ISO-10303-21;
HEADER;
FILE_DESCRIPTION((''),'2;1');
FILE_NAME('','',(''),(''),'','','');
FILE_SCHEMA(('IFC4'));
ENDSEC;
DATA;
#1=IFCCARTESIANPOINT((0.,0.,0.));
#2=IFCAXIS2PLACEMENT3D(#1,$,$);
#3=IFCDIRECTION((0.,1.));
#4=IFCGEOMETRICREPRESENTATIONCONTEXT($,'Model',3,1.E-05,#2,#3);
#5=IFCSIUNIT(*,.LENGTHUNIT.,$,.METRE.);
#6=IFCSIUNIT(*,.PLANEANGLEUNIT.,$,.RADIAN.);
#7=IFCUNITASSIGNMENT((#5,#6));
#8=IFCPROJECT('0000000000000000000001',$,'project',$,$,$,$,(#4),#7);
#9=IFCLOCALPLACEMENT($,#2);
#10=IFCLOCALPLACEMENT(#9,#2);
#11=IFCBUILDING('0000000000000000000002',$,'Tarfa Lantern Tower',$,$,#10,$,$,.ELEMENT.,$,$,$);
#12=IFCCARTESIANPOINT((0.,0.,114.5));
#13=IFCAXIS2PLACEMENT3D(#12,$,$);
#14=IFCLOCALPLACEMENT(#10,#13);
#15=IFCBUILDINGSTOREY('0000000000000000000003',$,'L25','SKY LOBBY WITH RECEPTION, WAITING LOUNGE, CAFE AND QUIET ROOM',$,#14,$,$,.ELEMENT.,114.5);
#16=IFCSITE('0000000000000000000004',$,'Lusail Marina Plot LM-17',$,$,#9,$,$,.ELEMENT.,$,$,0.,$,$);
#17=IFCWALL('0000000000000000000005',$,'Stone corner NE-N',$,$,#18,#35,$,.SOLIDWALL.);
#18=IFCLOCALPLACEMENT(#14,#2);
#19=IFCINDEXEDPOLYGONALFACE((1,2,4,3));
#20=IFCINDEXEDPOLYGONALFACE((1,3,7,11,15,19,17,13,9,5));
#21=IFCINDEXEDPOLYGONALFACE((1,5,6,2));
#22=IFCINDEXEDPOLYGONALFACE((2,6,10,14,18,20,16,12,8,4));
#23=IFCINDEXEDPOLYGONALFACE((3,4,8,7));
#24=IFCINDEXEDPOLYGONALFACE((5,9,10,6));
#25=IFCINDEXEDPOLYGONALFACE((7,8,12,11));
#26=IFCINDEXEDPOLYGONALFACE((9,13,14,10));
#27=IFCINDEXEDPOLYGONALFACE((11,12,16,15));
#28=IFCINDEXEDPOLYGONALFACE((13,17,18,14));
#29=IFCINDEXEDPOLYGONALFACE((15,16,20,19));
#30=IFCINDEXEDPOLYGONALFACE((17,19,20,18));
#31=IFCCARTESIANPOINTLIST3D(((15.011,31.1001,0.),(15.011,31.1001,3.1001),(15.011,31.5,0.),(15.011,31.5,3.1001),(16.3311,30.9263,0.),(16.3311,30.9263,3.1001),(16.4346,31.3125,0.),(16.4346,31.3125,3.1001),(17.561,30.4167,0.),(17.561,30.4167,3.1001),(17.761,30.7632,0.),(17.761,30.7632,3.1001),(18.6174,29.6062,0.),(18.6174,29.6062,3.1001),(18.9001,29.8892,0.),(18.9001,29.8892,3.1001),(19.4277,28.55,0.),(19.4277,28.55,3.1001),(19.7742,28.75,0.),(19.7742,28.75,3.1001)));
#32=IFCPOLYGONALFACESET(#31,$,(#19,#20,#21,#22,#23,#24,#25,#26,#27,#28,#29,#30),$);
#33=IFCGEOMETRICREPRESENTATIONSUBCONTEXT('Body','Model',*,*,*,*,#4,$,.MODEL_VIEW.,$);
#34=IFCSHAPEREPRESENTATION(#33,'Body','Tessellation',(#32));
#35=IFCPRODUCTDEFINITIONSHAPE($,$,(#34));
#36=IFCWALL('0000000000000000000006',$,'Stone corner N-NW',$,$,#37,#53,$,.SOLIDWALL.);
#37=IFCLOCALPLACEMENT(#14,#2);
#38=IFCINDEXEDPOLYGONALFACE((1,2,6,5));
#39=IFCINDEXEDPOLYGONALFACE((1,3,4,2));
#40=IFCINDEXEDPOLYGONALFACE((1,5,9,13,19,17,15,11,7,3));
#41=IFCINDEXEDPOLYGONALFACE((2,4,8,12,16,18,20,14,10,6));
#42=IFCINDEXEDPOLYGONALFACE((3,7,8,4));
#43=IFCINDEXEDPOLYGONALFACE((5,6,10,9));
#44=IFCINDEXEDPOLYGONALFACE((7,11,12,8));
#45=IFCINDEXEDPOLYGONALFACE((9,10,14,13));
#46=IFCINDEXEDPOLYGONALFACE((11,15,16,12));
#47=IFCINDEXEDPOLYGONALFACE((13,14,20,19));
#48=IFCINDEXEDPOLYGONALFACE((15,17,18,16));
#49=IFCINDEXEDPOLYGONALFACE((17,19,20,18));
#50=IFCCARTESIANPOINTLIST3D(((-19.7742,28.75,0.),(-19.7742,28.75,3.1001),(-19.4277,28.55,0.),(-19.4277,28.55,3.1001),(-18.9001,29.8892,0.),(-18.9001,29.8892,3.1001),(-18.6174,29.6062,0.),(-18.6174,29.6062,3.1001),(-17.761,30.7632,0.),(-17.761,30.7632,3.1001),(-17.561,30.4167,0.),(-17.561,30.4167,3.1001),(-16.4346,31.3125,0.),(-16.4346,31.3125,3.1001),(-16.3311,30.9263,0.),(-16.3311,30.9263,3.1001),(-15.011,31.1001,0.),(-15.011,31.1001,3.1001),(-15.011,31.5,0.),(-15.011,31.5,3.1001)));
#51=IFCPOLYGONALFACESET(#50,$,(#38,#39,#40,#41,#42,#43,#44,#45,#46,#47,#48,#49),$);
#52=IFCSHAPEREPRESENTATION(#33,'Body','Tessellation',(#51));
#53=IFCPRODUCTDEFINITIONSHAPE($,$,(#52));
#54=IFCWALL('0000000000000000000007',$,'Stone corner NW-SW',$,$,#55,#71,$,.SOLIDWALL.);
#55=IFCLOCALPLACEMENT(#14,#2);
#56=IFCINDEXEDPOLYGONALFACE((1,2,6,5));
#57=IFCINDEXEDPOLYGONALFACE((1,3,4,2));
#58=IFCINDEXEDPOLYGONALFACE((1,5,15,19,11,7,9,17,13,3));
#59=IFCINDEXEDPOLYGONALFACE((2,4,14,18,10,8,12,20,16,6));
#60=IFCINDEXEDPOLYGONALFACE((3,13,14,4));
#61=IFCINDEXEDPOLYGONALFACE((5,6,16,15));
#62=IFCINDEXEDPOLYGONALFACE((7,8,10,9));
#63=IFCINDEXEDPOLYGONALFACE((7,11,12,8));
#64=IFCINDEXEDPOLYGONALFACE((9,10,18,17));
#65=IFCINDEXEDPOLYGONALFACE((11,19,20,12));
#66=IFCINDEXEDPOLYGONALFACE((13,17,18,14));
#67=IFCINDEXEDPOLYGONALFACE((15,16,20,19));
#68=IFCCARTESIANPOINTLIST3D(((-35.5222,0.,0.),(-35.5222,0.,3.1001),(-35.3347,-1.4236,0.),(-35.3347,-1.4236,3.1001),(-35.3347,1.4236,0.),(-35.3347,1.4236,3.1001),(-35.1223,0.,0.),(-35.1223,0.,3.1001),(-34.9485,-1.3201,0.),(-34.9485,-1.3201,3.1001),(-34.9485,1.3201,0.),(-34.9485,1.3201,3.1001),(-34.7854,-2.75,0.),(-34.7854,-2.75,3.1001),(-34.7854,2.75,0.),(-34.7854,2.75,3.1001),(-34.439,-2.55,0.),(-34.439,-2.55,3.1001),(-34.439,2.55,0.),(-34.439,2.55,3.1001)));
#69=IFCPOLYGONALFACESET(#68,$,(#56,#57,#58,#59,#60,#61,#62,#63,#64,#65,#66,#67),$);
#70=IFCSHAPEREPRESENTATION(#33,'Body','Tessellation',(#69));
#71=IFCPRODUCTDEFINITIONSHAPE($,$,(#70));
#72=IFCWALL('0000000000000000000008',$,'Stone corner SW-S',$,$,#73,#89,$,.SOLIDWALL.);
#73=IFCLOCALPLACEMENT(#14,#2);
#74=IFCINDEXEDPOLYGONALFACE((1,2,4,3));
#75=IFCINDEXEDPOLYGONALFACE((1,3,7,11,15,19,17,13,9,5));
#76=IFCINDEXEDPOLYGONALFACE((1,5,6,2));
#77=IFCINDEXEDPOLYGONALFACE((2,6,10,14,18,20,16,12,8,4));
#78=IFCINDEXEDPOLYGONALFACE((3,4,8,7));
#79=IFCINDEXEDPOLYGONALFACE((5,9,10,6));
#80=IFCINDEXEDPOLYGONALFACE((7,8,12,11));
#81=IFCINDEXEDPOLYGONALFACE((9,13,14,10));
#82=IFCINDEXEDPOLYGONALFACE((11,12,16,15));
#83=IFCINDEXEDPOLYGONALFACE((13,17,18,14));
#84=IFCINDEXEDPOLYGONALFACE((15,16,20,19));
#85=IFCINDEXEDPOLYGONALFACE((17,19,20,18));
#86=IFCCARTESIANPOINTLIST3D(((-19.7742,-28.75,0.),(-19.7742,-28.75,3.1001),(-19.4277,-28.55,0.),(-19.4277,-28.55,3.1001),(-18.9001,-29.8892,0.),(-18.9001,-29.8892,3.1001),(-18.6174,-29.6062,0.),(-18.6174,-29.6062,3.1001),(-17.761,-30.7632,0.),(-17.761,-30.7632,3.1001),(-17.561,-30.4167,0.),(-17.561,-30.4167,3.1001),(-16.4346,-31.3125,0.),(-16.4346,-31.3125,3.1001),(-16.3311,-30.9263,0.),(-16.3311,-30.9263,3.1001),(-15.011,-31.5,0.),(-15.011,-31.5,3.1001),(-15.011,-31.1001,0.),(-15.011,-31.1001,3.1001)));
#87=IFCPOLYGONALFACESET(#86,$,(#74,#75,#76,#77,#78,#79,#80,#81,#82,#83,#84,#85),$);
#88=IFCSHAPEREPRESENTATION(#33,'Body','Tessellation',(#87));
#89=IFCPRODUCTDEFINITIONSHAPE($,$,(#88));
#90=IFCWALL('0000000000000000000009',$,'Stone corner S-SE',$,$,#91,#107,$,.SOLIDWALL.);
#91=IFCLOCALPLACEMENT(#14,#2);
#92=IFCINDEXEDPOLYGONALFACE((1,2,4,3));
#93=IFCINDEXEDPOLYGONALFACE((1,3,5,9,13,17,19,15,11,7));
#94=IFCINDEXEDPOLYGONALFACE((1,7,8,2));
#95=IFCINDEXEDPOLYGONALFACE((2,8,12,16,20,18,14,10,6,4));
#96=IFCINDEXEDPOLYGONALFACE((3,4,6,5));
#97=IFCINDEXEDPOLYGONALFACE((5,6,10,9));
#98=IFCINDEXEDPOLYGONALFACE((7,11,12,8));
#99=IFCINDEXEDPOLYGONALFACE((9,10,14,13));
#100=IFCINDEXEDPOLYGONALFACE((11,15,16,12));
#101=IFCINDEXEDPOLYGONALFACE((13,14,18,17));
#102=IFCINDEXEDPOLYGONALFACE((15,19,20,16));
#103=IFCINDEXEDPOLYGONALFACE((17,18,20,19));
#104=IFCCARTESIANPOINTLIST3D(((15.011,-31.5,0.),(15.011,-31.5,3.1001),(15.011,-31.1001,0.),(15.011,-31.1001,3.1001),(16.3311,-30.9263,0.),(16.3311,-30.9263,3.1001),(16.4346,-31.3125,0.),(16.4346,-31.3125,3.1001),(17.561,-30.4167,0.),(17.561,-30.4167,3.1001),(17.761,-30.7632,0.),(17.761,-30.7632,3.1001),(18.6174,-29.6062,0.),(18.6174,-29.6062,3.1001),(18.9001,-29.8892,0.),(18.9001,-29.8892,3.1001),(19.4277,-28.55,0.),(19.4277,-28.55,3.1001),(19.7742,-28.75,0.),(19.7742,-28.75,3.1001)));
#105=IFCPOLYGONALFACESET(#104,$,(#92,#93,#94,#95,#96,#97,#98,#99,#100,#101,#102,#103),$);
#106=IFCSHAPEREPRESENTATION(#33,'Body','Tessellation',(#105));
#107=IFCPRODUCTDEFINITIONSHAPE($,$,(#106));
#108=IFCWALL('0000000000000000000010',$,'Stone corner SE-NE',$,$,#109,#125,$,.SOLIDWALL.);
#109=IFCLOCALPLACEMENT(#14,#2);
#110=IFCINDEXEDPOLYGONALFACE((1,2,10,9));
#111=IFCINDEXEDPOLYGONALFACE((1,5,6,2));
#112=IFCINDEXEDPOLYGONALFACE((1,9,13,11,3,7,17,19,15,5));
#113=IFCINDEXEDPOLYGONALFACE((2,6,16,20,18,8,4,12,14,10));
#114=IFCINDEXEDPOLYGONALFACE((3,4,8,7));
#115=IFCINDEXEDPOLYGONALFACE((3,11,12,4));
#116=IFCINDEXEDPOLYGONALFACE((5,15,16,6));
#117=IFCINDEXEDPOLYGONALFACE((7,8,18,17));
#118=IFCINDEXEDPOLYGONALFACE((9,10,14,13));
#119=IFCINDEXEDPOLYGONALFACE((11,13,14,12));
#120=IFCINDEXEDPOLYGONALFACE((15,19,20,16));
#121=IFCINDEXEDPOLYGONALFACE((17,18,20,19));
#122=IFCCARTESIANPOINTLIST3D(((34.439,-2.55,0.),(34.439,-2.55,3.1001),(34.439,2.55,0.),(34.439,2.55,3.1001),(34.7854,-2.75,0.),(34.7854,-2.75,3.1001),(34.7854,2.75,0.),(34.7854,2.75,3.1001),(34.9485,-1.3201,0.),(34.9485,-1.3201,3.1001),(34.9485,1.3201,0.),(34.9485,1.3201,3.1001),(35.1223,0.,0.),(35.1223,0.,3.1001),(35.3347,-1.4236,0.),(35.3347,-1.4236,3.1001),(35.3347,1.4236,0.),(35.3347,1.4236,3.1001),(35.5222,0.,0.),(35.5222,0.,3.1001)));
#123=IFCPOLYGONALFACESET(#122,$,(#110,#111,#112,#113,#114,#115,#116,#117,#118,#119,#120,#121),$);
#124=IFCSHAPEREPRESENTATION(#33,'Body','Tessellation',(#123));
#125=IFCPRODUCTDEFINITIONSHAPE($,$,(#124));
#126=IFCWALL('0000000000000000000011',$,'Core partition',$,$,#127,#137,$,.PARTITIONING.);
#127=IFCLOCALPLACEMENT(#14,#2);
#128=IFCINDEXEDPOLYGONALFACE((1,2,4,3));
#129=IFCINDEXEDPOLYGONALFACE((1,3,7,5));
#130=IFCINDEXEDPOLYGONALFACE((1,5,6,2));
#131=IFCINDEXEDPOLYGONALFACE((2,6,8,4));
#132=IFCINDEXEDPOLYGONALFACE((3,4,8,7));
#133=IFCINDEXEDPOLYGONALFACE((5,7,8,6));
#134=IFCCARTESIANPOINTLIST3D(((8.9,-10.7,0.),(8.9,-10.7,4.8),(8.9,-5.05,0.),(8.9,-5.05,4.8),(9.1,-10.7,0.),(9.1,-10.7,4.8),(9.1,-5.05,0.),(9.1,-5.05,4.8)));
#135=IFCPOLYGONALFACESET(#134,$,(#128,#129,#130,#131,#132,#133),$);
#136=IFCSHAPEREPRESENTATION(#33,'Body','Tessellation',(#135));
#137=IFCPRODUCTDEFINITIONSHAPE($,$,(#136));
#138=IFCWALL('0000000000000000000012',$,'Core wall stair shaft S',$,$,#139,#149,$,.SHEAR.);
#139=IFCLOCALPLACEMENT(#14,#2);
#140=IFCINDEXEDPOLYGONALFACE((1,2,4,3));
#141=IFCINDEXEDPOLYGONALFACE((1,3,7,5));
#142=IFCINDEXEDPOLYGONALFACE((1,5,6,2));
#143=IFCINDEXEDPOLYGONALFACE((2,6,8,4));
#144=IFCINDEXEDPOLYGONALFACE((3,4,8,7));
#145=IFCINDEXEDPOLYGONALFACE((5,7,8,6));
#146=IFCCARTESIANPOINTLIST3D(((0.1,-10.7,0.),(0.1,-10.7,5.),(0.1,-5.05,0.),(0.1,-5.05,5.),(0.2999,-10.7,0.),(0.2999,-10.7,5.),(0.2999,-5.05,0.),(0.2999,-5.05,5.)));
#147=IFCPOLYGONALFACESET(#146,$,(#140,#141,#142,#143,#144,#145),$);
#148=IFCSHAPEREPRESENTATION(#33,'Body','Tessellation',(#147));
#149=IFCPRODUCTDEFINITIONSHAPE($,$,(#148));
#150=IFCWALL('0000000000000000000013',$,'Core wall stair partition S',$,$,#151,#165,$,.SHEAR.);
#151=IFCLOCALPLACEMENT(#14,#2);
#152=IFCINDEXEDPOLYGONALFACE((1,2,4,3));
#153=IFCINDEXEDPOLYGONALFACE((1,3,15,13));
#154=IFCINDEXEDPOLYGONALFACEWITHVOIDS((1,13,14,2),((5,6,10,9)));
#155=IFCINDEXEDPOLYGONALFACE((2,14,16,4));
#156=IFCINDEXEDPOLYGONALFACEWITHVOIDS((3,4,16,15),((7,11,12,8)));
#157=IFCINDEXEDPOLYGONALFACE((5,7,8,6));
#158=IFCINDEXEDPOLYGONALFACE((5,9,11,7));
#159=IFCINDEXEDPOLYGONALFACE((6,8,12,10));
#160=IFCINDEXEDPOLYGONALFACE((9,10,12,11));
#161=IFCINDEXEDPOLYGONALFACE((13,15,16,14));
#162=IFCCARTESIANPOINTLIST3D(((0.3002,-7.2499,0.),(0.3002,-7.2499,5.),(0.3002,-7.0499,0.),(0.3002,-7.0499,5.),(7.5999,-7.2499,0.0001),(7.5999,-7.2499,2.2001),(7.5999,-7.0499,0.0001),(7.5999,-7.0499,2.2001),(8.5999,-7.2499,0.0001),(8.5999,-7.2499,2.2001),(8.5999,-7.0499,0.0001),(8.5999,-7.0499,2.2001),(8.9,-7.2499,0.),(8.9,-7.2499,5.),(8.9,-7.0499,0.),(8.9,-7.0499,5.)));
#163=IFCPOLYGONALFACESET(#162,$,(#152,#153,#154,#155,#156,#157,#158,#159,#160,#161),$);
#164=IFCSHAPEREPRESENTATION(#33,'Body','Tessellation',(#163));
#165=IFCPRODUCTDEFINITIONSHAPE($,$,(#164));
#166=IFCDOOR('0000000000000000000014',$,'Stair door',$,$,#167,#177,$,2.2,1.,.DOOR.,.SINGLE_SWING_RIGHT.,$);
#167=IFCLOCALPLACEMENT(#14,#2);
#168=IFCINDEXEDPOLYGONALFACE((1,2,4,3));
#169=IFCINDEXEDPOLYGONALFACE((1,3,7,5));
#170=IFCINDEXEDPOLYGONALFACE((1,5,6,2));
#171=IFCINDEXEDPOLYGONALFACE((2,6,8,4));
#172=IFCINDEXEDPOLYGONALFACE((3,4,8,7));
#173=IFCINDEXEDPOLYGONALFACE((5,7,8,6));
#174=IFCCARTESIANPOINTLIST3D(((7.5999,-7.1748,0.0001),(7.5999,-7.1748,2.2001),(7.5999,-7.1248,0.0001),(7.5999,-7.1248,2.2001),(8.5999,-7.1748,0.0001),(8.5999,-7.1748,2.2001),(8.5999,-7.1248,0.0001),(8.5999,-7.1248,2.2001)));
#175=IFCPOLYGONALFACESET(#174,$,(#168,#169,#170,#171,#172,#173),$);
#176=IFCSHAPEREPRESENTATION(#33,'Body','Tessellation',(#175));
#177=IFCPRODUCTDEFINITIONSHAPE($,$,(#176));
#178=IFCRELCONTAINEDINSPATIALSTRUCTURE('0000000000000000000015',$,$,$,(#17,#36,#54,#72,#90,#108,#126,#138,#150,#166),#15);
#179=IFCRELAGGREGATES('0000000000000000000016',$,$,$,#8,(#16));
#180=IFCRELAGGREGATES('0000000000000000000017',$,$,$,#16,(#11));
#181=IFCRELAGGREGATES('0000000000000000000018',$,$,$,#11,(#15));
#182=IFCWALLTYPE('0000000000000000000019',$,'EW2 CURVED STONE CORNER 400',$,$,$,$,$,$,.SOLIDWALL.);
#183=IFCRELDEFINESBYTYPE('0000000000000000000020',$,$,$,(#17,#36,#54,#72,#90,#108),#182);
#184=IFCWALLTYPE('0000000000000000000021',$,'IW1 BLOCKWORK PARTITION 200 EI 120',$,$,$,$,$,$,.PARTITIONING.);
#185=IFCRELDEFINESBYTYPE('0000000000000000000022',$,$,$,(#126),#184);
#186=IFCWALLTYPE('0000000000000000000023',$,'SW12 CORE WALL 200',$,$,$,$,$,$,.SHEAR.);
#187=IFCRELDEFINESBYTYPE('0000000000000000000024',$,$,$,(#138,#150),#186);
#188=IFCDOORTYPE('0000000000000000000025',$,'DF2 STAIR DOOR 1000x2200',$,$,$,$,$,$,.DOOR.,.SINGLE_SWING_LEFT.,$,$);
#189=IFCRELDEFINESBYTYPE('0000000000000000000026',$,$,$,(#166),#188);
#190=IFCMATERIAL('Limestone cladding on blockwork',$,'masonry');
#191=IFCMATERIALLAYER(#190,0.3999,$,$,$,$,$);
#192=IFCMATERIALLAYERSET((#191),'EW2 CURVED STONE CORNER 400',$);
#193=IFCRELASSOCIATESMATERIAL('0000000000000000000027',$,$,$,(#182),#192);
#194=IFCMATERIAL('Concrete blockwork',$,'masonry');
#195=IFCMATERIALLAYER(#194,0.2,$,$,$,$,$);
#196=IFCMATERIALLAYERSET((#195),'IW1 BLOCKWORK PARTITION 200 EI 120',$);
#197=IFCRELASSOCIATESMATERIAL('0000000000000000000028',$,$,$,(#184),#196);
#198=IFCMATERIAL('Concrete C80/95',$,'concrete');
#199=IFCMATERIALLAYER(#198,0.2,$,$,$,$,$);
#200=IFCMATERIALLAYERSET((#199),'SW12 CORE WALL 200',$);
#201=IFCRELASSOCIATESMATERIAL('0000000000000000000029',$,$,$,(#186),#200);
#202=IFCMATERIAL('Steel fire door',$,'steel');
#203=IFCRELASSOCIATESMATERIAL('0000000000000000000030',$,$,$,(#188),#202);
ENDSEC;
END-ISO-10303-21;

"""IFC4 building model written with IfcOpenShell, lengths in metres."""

from ifc_helpers import new_model, si_unit, direction, frame, frame_2d, origin, place, context, subcontext, project, spatial, polyline, rectangle, outline, extrude, material, layer, layer_set, type_object, element, fill, save


model = new_model("IFC4")

# Units and contexts
model_context = context("Model", 3, precision=1e-05, world=origin(), true_north=direction((0.0, 1.0)))
body_context = subcontext(model_context, "Body", "Model", "MODEL_VIEW")
ifc_project = project(units=[si_unit("LENGTHUNIT", "METRE"), si_unit("PLANEANGLEUNIT", "RADIAN")], contexts=[model_context])

# Site, building, storey
site_placement = place(None, origin())
site = spatial("IfcSite", under=ifc_project, at=site_placement, Name="Lusail Marina Plot LM-17", CompositionType="ELEMENT", RefElevation=0.0)
building_placement = place(site_placement, origin())
building = spatial("IfcBuilding", under=site, at=building_placement, Name="Tarfa Lantern Tower", CompositionType="ELEMENT")
storey_placement = place(building_placement, frame((0.0, 0.0, 114.5)))
storey = spatial("IfcBuildingStorey", under=building, at=storey_placement, Name="L25", Description="SKY LOBBY WITH RECEPTION, WAITING LOUNGE, CAFE AND QUIET ROOM", CompositionType="ELEMENT", Elevation=114.5)

# Walls
ifc_material_1 = material(Name="Limestone cladding on blockwork", Category="masonry")
ifc_layer_1 = layer(ifc_material_1, 0.3999)
ifc_layer_set_1 = layer_set([ifc_layer_1], Name="EW2 CURVED STONE CORNER 400")
wall_type_1 = type_object("IfcWallType", Name="EW2 CURVED STONE CORNER 400", PredefinedType="SOLIDWALL", material=ifc_layer_set_1)
wall_1_placement = place(storey_placement, origin())
element("IfcWall", 1, at=wall_1_placement, inside=storey, type_object=wall_type_1, Name="Stone corner NE-N", PredefinedType="SOLIDWALL", context=body_context, shape_type="SweptSolid", body=[
    extrude(outline(polyline([(19.7742, 28.75), (18.9001, 29.8892), (17.761, 30.7632), (16.4346, 31.3125), (15.011, 31.5), (15.011, 31.1001), (16.3311, 30.9263), (17.561, 30.4167), (18.6174, 29.6062), (19.4277, 28.55), (19.7742, 28.75)])), origin(), (0.0, 0.0, 1.0), 3.1001),
])
wall_2_placement = place(storey_placement, origin())
element("IfcWall", 2, at=wall_2_placement, inside=storey, type_object=wall_type_1, Name="Stone corner N-NW", PredefinedType="SOLIDWALL", context=body_context, shape_type="SweptSolid", body=[
    extrude(outline(polyline([(-15.011, 31.5), (-16.4346, 31.3125), (-17.761, 30.7632), (-18.9001, 29.8892), (-19.7742, 28.75), (-19.4277, 28.55), (-18.6174, 29.6062), (-17.561, 30.4167), (-16.3311, 30.9263), (-15.011, 31.1001), (-15.011, 31.5)])), origin(), (0.0, 0.0, 1.0), 3.1001),
])
wall_3_placement = place(storey_placement, origin())
element("IfcWall", 3, at=wall_3_placement, inside=storey, type_object=wall_type_1, Name="Stone corner NW-SW", PredefinedType="SOLIDWALL", context=body_context, shape_type="SweptSolid", body=[
    extrude(outline(polyline([(-34.7854, 2.75), (-35.3347, 1.4236), (-35.5222, 0.0), (-35.3347, -1.4236), (-34.7854, -2.75), (-34.439, -2.55), (-34.9485, -1.3201), (-35.1223, 0.0), (-34.9485, 1.3201), (-34.439, 2.55), (-34.7854, 2.75)])), origin(), (0.0, 0.0, 1.0), 3.1001),
])
wall_4_placement = place(storey_placement, origin())
element("IfcWall", 4, at=wall_4_placement, inside=storey, type_object=wall_type_1, Name="Stone corner SW-S", PredefinedType="SOLIDWALL", context=body_context, shape_type="SweptSolid", body=[
    extrude(outline(polyline([(-19.7742, -28.75), (-18.9001, -29.8892), (-17.761, -30.7632), (-16.4346, -31.3125), (-15.011, -31.5), (-15.011, -31.1001), (-16.3311, -30.9263), (-17.561, -30.4167), (-18.6174, -29.6062), (-19.4277, -28.55), (-19.7742, -28.75)])), origin(), (0.0, 0.0, 1.0), 3.1001),
])
wall_5_placement = place(storey_placement, origin())
element("IfcWall", 5, at=wall_5_placement, inside=storey, type_object=wall_type_1, Name="Stone corner S-SE", PredefinedType="SOLIDWALL", context=body_context, shape_type="SweptSolid", body=[
    extrude(outline(polyline([(15.011, -31.5), (16.4346, -31.3125), (17.761, -30.7632), (18.9001, -29.8892), (19.7742, -28.75), (19.4277, -28.55), (18.6174, -29.6062), (17.561, -30.4167), (16.3311, -30.9263), (15.011, -31.1001), (15.011, -31.5)])), origin(), (0.0, 0.0, 1.0), 3.1001),
])
wall_6_placement = place(storey_placement, origin())
element("IfcWall", 6, at=wall_6_placement, inside=storey, type_object=wall_type_1, Name="Stone corner SE-NE", PredefinedType="SOLIDWALL", context=body_context, shape_type="SweptSolid", body=[
    extrude(outline(polyline([(34.7854, -2.75), (35.3347, -1.4236), (35.5222, 0.0), (35.3347, 1.4236), (34.7854, 2.75), (34.439, 2.55), (34.9485, 1.3201), (35.1223, 0.0), (34.9485, -1.3201), (34.439, -2.55), (34.7854, -2.75)])), origin(), (0.0, 0.0, 1.0), 3.1001),
])
ifc_material_2 = material(Name="Concrete blockwork", Category="masonry")
ifc_layer_2 = layer(ifc_material_2, 0.2)
ifc_layer_set_2 = layer_set([ifc_layer_2], Name="IW1 BLOCKWORK PARTITION 200 EI 120")
wall_type_2 = type_object("IfcWallType", Name="IW1 BLOCKWORK PARTITION 200 EI 120", PredefinedType="PARTITIONING", material=ifc_layer_set_2)
wall_7_placement = place(storey_placement, frame((9.0, -5.05, 0.0), z_axis=(0.0, 0.0, 1.0), x_axis=(0.0, -1.0, 0.0)))
element("IfcWall", 7, at=wall_7_placement, inside=storey, type_object=wall_type_2, Name="Core partition", PredefinedType="PARTITIONING", context=body_context, shape_type="SweptSolid", body=[
    extrude(rectangle(XDim=5.6499, YDim=0.2, at=frame_2d((2.825, 0.0))), origin(), (0.0, 0.0, 1.0), 4.8),
])
ifc_material_3 = material(Name="Concrete C80/95", Category="concrete")
ifc_layer_3 = layer(ifc_material_3, 0.2)
ifc_layer_set_3 = layer_set([ifc_layer_3], Name="SW12 CORE WALL 200")
wall_type_3 = type_object("IfcWallType", Name="SW12 CORE WALL 200", PredefinedType="SHEAR", material=ifc_layer_set_3)
wall_8_placement = place(storey_placement, frame((0.2, -5.05, 0.0), z_axis=(0.0, 0.0, 1.0), x_axis=(0.0, -1.0, 0.0)))
element("IfcWall", 8, at=wall_8_placement, inside=storey, type_object=wall_type_3, Name="Core wall stair shaft S", PredefinedType="SHEAR", context=body_context, shape_type="SweptSolid", body=[
    extrude(rectangle(XDim=5.6499, YDim=0.2, at=frame_2d((2.825, 0.0))), origin(), (0.0, 0.0, 1.0), 5.0),
])

# Wall, opening, door
wall_9_placement = place(storey_placement, frame((8.8999, -7.1499, 0.0), z_axis=(0.0, 0.0, 1.0), x_axis=(-1.0, 0.0, 0.0)))
wall_9 = element("IfcWall", 9, at=wall_9_placement, inside=storey, type_object=wall_type_3, Name="Core wall stair partition S", PredefinedType="SHEAR", context=body_context, shape_type="SweptSolid", body=[
    extrude(rectangle(XDim=8.5999, YDim=0.2, at=frame_2d((4.2998, 0.0))), origin(), (0.0, 0.0, 1.0), 5.0),
])
opening_1_placement = place(wall_9_placement, frame((0.3, 0.0, 0.0)))
opening_1 = element("IfcOpeningElement", 10, at=opening_1_placement, cuts=wall_9, PredefinedType="OPENING", context=body_context, shape_type="SweptSolid", body=[
    extrude(rectangle(XDim=1.0, YDim=2.2, at=frame_2d((0.5, 1.1001))), frame((0.0, 0.1099, 0.0), z_axis=(0.0, -1.0, 0.0), x_axis=(1.0, 0.0, 0.0)), (0.0, 0.0, 1.0), 0.22),
])
ifc_material_4 = material(Name="Steel fire door", Category="steel")
door_type_1 = type_object("IfcDoorType", Name="DF2 STAIR DOOR 1000x2200", OperationType="SINGLE_SWING_LEFT", PredefinedType="DOOR", material=ifc_material_4)
door_1_placement = place(opening_1_placement, origin())
door_1 = element("IfcDoor", 11, at=door_1_placement, inside=storey, type_object=door_type_1, Name="Stair door", OperationType="SINGLE_SWING_RIGHT", OverallHeight=2.2, OverallWidth=1.0, PredefinedType="DOOR", context=body_context, shape_type="SweptSolid", body=[
    extrude(rectangle(XDim=1.0, YDim=2.2, at=frame_2d((0.5, 1.1001))), frame((0.0, 0.0249, 0.0), z_axis=(0.0, -1.0, 0.0), x_axis=(1.0, 0.0, 0.0)), (0.0, 0.0, 1.0), 0.05),
])
fill(opening_1, door_1)

save(model, "model.ifc")
